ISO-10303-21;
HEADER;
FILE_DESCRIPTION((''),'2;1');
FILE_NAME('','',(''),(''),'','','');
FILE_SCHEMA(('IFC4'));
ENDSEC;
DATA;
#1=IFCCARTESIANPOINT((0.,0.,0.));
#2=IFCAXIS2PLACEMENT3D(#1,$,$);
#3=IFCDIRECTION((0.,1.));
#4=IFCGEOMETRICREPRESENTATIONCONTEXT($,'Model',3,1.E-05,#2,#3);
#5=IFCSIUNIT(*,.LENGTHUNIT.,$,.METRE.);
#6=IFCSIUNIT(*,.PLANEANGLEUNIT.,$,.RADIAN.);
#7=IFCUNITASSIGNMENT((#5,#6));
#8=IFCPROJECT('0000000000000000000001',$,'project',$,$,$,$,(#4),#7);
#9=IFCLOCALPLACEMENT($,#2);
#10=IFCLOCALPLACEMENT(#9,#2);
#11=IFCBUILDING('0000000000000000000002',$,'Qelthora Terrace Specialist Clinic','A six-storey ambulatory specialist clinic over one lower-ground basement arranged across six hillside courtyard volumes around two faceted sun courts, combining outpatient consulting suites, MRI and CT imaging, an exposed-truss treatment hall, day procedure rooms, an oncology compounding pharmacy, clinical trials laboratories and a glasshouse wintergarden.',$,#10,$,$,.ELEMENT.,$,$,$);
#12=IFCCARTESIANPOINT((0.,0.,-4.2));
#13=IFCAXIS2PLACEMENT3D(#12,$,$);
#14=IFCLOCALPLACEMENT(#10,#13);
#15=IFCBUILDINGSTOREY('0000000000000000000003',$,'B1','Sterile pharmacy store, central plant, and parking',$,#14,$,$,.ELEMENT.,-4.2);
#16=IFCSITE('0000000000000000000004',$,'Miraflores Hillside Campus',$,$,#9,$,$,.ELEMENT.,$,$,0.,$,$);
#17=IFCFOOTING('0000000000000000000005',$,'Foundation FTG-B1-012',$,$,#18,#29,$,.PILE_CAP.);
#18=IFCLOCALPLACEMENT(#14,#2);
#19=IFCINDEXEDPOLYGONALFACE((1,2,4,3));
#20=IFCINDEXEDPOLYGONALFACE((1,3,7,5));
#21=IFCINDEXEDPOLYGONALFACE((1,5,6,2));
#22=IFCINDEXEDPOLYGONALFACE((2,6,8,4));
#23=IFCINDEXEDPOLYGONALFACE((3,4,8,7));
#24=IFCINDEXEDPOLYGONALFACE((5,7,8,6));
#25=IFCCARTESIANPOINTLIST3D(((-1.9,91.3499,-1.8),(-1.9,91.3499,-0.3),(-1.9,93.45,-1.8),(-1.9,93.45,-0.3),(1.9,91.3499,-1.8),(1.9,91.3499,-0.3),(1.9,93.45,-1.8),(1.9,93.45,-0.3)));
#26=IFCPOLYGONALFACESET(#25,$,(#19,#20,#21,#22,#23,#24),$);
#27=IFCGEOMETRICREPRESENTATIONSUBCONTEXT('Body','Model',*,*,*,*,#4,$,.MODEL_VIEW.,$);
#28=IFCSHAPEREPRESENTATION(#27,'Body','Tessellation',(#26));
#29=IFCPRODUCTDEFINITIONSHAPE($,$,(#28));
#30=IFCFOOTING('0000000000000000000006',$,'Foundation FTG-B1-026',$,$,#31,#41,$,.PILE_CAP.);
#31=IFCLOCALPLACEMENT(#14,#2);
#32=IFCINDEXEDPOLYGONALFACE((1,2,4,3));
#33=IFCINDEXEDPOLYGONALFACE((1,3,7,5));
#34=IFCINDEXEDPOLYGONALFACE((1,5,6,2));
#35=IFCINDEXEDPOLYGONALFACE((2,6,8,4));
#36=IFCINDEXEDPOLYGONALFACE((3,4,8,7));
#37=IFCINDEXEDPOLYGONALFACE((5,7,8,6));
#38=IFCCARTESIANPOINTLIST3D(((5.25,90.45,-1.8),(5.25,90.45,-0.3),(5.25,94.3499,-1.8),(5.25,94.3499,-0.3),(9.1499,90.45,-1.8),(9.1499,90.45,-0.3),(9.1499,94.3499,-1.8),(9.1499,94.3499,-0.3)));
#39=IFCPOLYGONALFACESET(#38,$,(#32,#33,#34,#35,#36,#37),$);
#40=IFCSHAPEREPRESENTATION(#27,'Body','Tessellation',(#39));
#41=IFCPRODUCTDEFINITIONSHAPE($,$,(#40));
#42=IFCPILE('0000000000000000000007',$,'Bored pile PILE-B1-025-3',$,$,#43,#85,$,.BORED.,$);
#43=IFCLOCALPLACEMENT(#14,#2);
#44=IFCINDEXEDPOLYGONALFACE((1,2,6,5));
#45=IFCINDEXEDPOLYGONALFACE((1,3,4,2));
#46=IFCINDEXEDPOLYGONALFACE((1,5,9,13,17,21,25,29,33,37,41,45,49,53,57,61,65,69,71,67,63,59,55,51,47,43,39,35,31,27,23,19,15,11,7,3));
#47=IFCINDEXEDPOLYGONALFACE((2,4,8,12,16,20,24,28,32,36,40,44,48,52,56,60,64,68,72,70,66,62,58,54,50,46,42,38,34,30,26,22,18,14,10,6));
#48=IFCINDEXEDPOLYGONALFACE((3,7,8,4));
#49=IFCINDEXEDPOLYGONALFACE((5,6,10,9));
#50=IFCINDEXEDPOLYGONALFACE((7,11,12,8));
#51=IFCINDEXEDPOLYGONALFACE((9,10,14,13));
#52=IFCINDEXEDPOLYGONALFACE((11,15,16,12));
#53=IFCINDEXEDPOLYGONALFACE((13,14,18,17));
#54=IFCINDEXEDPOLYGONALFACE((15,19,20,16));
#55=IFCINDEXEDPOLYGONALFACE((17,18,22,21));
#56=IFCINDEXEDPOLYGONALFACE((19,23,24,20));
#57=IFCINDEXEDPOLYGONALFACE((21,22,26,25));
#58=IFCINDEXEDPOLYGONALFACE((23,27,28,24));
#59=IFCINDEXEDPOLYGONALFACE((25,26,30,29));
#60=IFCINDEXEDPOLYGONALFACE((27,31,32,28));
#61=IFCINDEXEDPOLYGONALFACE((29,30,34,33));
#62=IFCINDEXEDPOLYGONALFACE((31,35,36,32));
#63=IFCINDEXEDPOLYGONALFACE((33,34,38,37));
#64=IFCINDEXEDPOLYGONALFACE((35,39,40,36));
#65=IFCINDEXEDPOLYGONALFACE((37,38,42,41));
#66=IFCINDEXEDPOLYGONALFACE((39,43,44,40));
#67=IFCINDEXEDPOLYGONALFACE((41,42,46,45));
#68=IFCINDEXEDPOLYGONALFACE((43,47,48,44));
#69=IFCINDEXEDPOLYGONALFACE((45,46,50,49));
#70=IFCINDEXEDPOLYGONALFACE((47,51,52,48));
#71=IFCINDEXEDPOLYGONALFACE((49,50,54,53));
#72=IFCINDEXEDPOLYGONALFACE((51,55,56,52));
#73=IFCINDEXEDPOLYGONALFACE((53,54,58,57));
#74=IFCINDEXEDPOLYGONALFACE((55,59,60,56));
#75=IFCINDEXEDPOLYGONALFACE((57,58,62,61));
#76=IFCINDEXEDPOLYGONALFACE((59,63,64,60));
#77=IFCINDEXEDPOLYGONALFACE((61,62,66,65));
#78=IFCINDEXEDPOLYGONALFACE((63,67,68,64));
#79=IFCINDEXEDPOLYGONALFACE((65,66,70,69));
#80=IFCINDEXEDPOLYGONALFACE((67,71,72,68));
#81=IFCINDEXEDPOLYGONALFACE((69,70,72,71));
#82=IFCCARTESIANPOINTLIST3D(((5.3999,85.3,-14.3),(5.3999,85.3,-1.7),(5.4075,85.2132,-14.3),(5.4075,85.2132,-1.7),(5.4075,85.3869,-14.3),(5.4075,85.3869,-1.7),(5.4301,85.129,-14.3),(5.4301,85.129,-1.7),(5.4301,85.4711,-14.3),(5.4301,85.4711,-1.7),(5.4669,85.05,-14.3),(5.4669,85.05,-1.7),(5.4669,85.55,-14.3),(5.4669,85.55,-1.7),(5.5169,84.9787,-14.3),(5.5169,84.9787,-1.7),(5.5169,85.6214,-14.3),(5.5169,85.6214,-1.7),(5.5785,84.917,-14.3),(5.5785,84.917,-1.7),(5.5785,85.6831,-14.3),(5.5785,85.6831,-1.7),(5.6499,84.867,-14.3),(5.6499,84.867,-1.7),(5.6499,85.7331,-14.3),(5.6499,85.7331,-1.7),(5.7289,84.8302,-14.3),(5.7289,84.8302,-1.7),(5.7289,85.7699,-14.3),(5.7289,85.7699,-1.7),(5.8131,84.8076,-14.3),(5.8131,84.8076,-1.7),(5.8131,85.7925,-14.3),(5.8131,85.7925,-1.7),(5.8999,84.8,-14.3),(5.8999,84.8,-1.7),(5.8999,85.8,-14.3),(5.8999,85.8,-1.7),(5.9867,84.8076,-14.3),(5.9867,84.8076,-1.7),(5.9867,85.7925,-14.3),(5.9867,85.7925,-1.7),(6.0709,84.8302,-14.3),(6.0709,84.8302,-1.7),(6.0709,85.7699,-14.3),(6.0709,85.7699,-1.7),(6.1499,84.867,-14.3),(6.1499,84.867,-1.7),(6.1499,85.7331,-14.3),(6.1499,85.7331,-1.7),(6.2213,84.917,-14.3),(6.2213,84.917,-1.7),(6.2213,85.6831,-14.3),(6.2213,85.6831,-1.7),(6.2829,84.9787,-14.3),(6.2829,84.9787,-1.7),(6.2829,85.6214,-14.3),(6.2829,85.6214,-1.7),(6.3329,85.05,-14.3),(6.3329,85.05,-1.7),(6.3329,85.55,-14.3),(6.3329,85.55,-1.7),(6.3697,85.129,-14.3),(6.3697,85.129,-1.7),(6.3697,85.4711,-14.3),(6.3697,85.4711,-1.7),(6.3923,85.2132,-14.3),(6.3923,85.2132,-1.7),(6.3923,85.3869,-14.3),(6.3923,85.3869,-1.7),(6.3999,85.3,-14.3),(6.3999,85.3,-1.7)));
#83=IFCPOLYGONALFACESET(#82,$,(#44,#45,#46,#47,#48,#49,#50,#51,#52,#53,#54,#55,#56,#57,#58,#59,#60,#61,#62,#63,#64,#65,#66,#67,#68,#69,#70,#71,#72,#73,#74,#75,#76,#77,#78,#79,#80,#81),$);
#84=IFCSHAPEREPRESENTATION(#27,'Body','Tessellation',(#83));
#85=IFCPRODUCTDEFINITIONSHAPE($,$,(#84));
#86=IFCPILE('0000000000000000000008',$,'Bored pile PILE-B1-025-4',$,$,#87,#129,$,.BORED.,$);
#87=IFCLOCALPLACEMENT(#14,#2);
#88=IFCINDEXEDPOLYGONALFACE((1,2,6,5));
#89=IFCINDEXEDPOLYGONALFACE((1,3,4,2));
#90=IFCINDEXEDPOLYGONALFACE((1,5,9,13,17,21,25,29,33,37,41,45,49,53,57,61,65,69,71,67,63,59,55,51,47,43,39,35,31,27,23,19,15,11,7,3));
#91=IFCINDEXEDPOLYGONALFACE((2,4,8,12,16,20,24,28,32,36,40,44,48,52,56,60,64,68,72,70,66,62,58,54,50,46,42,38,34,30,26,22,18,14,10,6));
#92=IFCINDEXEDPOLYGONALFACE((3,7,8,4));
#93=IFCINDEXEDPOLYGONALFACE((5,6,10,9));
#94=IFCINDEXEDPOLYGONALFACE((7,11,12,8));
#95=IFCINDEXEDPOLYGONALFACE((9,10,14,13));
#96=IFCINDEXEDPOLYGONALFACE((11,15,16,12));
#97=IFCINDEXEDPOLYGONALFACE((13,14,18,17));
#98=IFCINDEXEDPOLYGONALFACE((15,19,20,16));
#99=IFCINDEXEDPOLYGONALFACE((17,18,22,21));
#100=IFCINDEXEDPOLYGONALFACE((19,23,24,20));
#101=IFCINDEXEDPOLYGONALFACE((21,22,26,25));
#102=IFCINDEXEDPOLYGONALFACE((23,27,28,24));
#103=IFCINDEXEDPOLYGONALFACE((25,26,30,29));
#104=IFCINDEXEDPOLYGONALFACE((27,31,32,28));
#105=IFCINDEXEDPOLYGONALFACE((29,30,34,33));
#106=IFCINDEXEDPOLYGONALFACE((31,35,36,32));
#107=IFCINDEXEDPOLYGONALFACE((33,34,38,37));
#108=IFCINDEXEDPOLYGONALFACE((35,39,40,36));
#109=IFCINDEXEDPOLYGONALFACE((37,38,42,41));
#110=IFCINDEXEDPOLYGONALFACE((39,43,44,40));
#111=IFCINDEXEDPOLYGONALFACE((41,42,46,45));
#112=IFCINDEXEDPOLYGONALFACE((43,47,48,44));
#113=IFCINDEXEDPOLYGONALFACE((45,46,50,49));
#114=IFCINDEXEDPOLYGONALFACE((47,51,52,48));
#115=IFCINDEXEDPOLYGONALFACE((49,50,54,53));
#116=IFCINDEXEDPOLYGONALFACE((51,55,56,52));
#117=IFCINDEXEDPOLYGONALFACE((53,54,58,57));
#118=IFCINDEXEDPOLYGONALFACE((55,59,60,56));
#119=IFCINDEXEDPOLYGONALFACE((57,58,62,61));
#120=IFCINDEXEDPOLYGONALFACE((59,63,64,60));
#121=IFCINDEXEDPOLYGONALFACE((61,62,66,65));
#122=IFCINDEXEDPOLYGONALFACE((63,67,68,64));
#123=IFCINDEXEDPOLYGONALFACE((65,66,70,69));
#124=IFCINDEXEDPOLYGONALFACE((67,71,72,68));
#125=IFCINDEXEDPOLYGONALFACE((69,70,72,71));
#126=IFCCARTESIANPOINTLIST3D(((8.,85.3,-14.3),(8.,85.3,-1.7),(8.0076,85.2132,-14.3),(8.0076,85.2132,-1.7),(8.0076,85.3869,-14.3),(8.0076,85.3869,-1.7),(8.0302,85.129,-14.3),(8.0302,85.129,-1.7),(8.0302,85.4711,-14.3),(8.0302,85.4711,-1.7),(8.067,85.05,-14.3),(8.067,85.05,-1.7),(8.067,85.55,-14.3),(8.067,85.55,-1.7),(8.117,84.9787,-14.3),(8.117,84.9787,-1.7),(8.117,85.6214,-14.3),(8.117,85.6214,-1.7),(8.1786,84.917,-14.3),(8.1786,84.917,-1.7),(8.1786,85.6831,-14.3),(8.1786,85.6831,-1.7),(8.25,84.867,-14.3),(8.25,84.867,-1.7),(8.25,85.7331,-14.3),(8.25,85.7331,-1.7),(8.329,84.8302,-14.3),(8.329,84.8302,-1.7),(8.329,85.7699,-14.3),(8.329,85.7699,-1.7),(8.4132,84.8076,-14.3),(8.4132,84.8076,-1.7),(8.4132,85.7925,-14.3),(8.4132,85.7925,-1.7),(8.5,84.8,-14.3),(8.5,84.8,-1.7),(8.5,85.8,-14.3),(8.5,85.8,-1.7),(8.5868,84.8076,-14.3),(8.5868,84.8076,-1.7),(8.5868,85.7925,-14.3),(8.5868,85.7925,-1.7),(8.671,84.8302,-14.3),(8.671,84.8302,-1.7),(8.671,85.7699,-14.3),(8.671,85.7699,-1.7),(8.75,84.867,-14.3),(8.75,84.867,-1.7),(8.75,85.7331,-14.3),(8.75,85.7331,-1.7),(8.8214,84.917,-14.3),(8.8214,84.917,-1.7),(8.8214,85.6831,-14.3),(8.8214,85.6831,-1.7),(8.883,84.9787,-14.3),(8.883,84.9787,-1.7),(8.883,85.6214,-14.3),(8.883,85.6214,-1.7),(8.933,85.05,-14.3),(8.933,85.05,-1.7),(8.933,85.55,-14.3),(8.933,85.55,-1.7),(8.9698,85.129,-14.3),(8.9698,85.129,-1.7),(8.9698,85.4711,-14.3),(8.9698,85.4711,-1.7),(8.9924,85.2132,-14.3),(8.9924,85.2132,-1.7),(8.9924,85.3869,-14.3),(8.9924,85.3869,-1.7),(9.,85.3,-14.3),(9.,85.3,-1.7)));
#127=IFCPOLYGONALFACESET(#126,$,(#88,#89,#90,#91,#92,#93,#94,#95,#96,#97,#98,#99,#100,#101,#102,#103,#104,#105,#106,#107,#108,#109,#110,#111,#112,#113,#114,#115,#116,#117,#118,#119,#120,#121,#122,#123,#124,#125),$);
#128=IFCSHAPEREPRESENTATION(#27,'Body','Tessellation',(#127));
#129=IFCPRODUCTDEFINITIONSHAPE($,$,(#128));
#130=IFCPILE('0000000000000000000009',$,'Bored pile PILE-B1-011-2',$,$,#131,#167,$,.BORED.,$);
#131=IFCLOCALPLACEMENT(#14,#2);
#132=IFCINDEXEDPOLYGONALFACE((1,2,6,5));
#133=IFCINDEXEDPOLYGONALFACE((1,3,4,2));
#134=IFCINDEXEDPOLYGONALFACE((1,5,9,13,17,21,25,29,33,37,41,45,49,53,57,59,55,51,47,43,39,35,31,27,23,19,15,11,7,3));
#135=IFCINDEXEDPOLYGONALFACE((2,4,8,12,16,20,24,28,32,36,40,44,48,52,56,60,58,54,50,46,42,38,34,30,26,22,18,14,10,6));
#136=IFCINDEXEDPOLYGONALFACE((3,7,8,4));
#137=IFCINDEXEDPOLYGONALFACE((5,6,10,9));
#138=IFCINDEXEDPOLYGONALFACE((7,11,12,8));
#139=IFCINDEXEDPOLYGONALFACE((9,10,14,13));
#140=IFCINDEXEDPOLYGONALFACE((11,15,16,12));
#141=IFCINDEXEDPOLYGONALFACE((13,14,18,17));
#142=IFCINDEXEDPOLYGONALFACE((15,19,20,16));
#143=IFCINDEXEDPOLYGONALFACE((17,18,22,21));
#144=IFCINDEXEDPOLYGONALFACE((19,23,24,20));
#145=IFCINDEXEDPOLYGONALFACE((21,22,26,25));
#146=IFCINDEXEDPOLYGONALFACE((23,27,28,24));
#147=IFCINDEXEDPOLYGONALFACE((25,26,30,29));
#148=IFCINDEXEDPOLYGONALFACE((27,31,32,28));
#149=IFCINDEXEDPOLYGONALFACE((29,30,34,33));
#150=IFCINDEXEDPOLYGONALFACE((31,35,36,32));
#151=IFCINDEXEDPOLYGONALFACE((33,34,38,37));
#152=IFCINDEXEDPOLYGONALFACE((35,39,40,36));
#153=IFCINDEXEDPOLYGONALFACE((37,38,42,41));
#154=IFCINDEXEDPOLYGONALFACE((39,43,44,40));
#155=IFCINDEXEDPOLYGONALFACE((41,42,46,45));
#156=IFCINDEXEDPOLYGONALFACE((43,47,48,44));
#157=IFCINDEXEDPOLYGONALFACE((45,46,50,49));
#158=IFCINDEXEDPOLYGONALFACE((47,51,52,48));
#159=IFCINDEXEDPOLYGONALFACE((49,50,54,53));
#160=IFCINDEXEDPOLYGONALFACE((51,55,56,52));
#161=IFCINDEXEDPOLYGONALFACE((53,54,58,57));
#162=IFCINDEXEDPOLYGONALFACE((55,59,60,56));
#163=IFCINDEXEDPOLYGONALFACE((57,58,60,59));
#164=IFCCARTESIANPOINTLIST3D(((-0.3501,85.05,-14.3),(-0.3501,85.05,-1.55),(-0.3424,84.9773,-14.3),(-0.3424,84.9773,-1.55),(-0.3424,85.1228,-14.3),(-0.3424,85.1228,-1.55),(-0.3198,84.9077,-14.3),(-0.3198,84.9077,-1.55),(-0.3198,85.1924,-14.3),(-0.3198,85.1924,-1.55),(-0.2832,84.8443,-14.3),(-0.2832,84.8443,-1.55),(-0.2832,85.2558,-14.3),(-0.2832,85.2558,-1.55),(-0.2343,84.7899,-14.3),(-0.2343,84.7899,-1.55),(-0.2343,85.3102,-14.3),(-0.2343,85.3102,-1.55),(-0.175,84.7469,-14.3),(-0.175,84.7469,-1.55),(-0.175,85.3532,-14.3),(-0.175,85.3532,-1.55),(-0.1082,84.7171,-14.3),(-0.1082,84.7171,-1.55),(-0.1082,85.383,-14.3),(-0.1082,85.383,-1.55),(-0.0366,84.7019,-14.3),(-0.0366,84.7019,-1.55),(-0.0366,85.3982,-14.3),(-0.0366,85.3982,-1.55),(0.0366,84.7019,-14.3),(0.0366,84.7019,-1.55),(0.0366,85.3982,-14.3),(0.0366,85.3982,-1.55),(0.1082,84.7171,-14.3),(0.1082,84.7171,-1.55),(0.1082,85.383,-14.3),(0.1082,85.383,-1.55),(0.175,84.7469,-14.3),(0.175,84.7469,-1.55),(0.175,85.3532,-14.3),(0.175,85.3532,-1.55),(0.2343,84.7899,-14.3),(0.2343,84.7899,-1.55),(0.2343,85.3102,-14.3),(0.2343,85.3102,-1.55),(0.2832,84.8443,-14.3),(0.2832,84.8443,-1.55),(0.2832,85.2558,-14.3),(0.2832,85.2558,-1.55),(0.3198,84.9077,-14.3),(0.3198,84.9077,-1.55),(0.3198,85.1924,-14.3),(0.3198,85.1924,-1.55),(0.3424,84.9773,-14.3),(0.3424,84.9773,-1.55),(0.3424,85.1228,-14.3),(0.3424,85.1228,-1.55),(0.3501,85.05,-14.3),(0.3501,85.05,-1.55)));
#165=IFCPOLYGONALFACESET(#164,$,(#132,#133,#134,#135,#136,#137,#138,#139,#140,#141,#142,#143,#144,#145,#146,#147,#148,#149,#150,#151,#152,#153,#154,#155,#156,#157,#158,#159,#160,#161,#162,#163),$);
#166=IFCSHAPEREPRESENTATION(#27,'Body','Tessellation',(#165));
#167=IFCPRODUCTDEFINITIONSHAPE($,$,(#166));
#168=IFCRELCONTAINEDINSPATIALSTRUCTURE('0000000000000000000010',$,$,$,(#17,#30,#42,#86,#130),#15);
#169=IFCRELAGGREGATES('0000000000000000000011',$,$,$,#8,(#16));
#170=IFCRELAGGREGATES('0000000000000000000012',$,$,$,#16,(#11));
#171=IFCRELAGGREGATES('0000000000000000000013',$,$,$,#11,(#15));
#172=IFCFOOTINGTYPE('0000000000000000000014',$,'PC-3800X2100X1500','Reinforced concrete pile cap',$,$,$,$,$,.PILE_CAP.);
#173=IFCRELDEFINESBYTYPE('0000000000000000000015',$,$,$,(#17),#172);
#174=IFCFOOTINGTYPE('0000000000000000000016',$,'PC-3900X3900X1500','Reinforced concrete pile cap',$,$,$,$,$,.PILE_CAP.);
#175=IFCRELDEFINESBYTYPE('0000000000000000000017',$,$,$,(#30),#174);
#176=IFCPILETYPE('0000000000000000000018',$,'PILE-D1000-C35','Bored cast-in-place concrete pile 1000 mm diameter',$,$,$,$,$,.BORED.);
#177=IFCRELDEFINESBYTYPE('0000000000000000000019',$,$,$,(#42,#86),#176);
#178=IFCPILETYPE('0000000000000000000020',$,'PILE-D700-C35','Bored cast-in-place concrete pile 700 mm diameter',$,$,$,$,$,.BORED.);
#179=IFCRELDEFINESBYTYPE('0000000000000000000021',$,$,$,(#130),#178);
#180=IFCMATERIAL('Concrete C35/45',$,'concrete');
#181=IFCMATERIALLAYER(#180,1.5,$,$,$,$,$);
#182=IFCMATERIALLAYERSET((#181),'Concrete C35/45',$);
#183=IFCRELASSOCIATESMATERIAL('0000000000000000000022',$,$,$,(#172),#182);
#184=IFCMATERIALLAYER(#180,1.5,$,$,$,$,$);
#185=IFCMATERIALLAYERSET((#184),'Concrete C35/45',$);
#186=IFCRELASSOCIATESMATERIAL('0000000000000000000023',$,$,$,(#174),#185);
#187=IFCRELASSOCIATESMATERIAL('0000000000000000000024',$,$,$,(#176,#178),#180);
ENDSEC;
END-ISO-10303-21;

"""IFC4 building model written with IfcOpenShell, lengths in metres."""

from ifc_helpers import new_model, si_unit, direction, frame, origin, origin_2d, place, context, subcontext, project, spatial, rectangle, circle, extrude, material, layer, layer_set, material_profile, profile_set, type_object, element, save


model = new_model("IFC4")

# Units and contexts
model_context = context("Model", 3, precision=1e-05, world=origin(), true_north=direction((0.0, 1.0)))
body_context = subcontext(model_context, "Body", "Model", "MODEL_VIEW")
ifc_project = project(units=[si_unit("LENGTHUNIT", "METRE"), si_unit("PLANEANGLEUNIT", "RADIAN")], contexts=[model_context])

# Site, building, storey
site_placement = place(None, origin())
site = spatial("IfcSite", under=ifc_project, at=site_placement, Name="Miraflores Hillside Campus", CompositionType="ELEMENT", RefElevation=0.0)
building_placement = place(site_placement, origin())
building = spatial("IfcBuilding", under=site, at=building_placement, Name="Qelthora Terrace Specialist Clinic", Description="A six-storey ambulatory specialist clinic over one lower-ground basement arranged across six hillside courtyard volumes around two faceted sun courts, combining outpatient consulting suites, MRI and CT imaging, an exposed-truss treatment hall, day procedure rooms, an oncology compounding pharmacy, clinical trials laboratories and a glasshouse wintergarden.", CompositionType="ELEMENT")
storey_placement = place(building_placement, frame((0.0, 0.0, -4.2)))
storey = spatial("IfcBuildingStorey", under=building, at=storey_placement, Name="B1", Description="Sterile pharmacy store, central plant, and parking", CompositionType="ELEMENT", Elevation=-4.2)

# Footings
ifc_material_1 = material(Name="Concrete C35/45", Category="concrete")
ifc_layer_1 = layer(ifc_material_1, 1.5)
ifc_layer_set_1 = layer_set([ifc_layer_1], Name="Concrete C35/45")
footing_type_1 = type_object("IfcFootingType", Name="PC-3800X2100X1500", Description="Reinforced concrete pile cap", PredefinedType="PILE_CAP", material=ifc_layer_set_1)
footing_1_placement = place(storey_placement, frame((0.0, 92.3999, -1.8), z_axis=(0.0, 0.0, 1.0), x_axis=(1.0, 0.0, 0.0)))
element("IfcFooting", 1, at=footing_1_placement, inside=storey, type_object=footing_type_1, Name="Foundation FTG-B1-012", PredefinedType="PILE_CAP", context=body_context, shape_type="SweptSolid", body=[
    extrude(rectangle(XDim=3.8, YDim=2.1001, at=origin_2d()), origin(), (0.0, 0.0, 1.0), 1.5),
])
ifc_layer_2 = layer(ifc_material_1, 1.5)
ifc_layer_set_2 = layer_set([ifc_layer_2], Name="Concrete C35/45")
footing_type_2 = type_object("IfcFootingType", Name="PC-3900X3900X1500", Description="Reinforced concrete pile cap", PredefinedType="PILE_CAP", material=ifc_layer_set_2)
footing_2_placement = place(storey_placement, frame((7.2, 92.3999, -1.8), z_axis=(0.0, 0.0, 1.0), x_axis=(1.0, 0.0, 0.0)))
element("IfcFooting", 2, at=footing_2_placement, inside=storey, type_object=footing_type_2, Name="Foundation FTG-B1-026", PredefinedType="PILE_CAP", context=body_context, shape_type="SweptSolid", body=[
    extrude(rectangle(XDim=3.8999, YDim=3.8999, at=origin_2d()), origin(), (0.0, 0.0, 1.0), 1.5),
])

# Piles
ifc_material_profile_1 = material_profile(ifc_material_1, circle(Radius=0.5, at=origin_2d()), Name="PILE1000")
ifc_profile_set_1 = profile_set([ifc_material_profile_1], Name="Concrete C35/45")
pile_type_1 = type_object("IfcPileType", Name="PILE-D1000-C35", Description="Bored cast-in-place concrete pile 1000 mm diameter", PredefinedType="BORED", material=ifc_profile_set_1)
for number, where, z_axis, x_axis, name in (
    (3, (5.8999, 85.3, -1.7), (0.0, 0.0, -1.0), (1.0, 0.0, 0.0), "Bored pile PILE-B1-025-3"),
    (4, (8.5, 85.3, -1.7), (0.0, 0.0, -1.0), (1.0, 0.0, 0.0), "Bored pile PILE-B1-025-4"),
):
    element("IfcPile", number, at=place(storey_placement, frame(where, z_axis=z_axis, x_axis=x_axis)), inside=storey, type_object=pile_type_1, Name=name, PredefinedType="BORED", context=body_context, shape_type="SweptSolid", body=[
        extrude(circle(Radius=0.5, at=origin_2d()), origin(), (0.0, 0.0, 1.0), 12.6001),
    ])
ifc_material_profile_2 = material_profile(ifc_material_1, circle(Radius=0.3501, at=origin_2d()), Name="PILE700")
ifc_profile_set_2 = profile_set([ifc_material_profile_2], Name="Concrete C35/45")
pile_type_2 = type_object("IfcPileType", Name="PILE-D700-C35", Description="Bored cast-in-place concrete pile 700 mm diameter", PredefinedType="BORED", material=ifc_profile_set_2)
pile_1_placement = place(storey_placement, frame((0.0, 85.05, -1.55), z_axis=(0.0, 0.0, -1.0), x_axis=(1.0, 0.0, 0.0)))
element("IfcPile", 5, at=pile_1_placement, inside=storey, type_object=pile_type_2, Name="Bored pile PILE-B1-011-2", PredefinedType="BORED", context=body_context, shape_type="SweptSolid", body=[
    extrude(circle(Radius=0.3501, at=origin_2d()), origin(), (0.0, 0.0, 1.0), 12.75),
])

save(model, "model.ifc")
